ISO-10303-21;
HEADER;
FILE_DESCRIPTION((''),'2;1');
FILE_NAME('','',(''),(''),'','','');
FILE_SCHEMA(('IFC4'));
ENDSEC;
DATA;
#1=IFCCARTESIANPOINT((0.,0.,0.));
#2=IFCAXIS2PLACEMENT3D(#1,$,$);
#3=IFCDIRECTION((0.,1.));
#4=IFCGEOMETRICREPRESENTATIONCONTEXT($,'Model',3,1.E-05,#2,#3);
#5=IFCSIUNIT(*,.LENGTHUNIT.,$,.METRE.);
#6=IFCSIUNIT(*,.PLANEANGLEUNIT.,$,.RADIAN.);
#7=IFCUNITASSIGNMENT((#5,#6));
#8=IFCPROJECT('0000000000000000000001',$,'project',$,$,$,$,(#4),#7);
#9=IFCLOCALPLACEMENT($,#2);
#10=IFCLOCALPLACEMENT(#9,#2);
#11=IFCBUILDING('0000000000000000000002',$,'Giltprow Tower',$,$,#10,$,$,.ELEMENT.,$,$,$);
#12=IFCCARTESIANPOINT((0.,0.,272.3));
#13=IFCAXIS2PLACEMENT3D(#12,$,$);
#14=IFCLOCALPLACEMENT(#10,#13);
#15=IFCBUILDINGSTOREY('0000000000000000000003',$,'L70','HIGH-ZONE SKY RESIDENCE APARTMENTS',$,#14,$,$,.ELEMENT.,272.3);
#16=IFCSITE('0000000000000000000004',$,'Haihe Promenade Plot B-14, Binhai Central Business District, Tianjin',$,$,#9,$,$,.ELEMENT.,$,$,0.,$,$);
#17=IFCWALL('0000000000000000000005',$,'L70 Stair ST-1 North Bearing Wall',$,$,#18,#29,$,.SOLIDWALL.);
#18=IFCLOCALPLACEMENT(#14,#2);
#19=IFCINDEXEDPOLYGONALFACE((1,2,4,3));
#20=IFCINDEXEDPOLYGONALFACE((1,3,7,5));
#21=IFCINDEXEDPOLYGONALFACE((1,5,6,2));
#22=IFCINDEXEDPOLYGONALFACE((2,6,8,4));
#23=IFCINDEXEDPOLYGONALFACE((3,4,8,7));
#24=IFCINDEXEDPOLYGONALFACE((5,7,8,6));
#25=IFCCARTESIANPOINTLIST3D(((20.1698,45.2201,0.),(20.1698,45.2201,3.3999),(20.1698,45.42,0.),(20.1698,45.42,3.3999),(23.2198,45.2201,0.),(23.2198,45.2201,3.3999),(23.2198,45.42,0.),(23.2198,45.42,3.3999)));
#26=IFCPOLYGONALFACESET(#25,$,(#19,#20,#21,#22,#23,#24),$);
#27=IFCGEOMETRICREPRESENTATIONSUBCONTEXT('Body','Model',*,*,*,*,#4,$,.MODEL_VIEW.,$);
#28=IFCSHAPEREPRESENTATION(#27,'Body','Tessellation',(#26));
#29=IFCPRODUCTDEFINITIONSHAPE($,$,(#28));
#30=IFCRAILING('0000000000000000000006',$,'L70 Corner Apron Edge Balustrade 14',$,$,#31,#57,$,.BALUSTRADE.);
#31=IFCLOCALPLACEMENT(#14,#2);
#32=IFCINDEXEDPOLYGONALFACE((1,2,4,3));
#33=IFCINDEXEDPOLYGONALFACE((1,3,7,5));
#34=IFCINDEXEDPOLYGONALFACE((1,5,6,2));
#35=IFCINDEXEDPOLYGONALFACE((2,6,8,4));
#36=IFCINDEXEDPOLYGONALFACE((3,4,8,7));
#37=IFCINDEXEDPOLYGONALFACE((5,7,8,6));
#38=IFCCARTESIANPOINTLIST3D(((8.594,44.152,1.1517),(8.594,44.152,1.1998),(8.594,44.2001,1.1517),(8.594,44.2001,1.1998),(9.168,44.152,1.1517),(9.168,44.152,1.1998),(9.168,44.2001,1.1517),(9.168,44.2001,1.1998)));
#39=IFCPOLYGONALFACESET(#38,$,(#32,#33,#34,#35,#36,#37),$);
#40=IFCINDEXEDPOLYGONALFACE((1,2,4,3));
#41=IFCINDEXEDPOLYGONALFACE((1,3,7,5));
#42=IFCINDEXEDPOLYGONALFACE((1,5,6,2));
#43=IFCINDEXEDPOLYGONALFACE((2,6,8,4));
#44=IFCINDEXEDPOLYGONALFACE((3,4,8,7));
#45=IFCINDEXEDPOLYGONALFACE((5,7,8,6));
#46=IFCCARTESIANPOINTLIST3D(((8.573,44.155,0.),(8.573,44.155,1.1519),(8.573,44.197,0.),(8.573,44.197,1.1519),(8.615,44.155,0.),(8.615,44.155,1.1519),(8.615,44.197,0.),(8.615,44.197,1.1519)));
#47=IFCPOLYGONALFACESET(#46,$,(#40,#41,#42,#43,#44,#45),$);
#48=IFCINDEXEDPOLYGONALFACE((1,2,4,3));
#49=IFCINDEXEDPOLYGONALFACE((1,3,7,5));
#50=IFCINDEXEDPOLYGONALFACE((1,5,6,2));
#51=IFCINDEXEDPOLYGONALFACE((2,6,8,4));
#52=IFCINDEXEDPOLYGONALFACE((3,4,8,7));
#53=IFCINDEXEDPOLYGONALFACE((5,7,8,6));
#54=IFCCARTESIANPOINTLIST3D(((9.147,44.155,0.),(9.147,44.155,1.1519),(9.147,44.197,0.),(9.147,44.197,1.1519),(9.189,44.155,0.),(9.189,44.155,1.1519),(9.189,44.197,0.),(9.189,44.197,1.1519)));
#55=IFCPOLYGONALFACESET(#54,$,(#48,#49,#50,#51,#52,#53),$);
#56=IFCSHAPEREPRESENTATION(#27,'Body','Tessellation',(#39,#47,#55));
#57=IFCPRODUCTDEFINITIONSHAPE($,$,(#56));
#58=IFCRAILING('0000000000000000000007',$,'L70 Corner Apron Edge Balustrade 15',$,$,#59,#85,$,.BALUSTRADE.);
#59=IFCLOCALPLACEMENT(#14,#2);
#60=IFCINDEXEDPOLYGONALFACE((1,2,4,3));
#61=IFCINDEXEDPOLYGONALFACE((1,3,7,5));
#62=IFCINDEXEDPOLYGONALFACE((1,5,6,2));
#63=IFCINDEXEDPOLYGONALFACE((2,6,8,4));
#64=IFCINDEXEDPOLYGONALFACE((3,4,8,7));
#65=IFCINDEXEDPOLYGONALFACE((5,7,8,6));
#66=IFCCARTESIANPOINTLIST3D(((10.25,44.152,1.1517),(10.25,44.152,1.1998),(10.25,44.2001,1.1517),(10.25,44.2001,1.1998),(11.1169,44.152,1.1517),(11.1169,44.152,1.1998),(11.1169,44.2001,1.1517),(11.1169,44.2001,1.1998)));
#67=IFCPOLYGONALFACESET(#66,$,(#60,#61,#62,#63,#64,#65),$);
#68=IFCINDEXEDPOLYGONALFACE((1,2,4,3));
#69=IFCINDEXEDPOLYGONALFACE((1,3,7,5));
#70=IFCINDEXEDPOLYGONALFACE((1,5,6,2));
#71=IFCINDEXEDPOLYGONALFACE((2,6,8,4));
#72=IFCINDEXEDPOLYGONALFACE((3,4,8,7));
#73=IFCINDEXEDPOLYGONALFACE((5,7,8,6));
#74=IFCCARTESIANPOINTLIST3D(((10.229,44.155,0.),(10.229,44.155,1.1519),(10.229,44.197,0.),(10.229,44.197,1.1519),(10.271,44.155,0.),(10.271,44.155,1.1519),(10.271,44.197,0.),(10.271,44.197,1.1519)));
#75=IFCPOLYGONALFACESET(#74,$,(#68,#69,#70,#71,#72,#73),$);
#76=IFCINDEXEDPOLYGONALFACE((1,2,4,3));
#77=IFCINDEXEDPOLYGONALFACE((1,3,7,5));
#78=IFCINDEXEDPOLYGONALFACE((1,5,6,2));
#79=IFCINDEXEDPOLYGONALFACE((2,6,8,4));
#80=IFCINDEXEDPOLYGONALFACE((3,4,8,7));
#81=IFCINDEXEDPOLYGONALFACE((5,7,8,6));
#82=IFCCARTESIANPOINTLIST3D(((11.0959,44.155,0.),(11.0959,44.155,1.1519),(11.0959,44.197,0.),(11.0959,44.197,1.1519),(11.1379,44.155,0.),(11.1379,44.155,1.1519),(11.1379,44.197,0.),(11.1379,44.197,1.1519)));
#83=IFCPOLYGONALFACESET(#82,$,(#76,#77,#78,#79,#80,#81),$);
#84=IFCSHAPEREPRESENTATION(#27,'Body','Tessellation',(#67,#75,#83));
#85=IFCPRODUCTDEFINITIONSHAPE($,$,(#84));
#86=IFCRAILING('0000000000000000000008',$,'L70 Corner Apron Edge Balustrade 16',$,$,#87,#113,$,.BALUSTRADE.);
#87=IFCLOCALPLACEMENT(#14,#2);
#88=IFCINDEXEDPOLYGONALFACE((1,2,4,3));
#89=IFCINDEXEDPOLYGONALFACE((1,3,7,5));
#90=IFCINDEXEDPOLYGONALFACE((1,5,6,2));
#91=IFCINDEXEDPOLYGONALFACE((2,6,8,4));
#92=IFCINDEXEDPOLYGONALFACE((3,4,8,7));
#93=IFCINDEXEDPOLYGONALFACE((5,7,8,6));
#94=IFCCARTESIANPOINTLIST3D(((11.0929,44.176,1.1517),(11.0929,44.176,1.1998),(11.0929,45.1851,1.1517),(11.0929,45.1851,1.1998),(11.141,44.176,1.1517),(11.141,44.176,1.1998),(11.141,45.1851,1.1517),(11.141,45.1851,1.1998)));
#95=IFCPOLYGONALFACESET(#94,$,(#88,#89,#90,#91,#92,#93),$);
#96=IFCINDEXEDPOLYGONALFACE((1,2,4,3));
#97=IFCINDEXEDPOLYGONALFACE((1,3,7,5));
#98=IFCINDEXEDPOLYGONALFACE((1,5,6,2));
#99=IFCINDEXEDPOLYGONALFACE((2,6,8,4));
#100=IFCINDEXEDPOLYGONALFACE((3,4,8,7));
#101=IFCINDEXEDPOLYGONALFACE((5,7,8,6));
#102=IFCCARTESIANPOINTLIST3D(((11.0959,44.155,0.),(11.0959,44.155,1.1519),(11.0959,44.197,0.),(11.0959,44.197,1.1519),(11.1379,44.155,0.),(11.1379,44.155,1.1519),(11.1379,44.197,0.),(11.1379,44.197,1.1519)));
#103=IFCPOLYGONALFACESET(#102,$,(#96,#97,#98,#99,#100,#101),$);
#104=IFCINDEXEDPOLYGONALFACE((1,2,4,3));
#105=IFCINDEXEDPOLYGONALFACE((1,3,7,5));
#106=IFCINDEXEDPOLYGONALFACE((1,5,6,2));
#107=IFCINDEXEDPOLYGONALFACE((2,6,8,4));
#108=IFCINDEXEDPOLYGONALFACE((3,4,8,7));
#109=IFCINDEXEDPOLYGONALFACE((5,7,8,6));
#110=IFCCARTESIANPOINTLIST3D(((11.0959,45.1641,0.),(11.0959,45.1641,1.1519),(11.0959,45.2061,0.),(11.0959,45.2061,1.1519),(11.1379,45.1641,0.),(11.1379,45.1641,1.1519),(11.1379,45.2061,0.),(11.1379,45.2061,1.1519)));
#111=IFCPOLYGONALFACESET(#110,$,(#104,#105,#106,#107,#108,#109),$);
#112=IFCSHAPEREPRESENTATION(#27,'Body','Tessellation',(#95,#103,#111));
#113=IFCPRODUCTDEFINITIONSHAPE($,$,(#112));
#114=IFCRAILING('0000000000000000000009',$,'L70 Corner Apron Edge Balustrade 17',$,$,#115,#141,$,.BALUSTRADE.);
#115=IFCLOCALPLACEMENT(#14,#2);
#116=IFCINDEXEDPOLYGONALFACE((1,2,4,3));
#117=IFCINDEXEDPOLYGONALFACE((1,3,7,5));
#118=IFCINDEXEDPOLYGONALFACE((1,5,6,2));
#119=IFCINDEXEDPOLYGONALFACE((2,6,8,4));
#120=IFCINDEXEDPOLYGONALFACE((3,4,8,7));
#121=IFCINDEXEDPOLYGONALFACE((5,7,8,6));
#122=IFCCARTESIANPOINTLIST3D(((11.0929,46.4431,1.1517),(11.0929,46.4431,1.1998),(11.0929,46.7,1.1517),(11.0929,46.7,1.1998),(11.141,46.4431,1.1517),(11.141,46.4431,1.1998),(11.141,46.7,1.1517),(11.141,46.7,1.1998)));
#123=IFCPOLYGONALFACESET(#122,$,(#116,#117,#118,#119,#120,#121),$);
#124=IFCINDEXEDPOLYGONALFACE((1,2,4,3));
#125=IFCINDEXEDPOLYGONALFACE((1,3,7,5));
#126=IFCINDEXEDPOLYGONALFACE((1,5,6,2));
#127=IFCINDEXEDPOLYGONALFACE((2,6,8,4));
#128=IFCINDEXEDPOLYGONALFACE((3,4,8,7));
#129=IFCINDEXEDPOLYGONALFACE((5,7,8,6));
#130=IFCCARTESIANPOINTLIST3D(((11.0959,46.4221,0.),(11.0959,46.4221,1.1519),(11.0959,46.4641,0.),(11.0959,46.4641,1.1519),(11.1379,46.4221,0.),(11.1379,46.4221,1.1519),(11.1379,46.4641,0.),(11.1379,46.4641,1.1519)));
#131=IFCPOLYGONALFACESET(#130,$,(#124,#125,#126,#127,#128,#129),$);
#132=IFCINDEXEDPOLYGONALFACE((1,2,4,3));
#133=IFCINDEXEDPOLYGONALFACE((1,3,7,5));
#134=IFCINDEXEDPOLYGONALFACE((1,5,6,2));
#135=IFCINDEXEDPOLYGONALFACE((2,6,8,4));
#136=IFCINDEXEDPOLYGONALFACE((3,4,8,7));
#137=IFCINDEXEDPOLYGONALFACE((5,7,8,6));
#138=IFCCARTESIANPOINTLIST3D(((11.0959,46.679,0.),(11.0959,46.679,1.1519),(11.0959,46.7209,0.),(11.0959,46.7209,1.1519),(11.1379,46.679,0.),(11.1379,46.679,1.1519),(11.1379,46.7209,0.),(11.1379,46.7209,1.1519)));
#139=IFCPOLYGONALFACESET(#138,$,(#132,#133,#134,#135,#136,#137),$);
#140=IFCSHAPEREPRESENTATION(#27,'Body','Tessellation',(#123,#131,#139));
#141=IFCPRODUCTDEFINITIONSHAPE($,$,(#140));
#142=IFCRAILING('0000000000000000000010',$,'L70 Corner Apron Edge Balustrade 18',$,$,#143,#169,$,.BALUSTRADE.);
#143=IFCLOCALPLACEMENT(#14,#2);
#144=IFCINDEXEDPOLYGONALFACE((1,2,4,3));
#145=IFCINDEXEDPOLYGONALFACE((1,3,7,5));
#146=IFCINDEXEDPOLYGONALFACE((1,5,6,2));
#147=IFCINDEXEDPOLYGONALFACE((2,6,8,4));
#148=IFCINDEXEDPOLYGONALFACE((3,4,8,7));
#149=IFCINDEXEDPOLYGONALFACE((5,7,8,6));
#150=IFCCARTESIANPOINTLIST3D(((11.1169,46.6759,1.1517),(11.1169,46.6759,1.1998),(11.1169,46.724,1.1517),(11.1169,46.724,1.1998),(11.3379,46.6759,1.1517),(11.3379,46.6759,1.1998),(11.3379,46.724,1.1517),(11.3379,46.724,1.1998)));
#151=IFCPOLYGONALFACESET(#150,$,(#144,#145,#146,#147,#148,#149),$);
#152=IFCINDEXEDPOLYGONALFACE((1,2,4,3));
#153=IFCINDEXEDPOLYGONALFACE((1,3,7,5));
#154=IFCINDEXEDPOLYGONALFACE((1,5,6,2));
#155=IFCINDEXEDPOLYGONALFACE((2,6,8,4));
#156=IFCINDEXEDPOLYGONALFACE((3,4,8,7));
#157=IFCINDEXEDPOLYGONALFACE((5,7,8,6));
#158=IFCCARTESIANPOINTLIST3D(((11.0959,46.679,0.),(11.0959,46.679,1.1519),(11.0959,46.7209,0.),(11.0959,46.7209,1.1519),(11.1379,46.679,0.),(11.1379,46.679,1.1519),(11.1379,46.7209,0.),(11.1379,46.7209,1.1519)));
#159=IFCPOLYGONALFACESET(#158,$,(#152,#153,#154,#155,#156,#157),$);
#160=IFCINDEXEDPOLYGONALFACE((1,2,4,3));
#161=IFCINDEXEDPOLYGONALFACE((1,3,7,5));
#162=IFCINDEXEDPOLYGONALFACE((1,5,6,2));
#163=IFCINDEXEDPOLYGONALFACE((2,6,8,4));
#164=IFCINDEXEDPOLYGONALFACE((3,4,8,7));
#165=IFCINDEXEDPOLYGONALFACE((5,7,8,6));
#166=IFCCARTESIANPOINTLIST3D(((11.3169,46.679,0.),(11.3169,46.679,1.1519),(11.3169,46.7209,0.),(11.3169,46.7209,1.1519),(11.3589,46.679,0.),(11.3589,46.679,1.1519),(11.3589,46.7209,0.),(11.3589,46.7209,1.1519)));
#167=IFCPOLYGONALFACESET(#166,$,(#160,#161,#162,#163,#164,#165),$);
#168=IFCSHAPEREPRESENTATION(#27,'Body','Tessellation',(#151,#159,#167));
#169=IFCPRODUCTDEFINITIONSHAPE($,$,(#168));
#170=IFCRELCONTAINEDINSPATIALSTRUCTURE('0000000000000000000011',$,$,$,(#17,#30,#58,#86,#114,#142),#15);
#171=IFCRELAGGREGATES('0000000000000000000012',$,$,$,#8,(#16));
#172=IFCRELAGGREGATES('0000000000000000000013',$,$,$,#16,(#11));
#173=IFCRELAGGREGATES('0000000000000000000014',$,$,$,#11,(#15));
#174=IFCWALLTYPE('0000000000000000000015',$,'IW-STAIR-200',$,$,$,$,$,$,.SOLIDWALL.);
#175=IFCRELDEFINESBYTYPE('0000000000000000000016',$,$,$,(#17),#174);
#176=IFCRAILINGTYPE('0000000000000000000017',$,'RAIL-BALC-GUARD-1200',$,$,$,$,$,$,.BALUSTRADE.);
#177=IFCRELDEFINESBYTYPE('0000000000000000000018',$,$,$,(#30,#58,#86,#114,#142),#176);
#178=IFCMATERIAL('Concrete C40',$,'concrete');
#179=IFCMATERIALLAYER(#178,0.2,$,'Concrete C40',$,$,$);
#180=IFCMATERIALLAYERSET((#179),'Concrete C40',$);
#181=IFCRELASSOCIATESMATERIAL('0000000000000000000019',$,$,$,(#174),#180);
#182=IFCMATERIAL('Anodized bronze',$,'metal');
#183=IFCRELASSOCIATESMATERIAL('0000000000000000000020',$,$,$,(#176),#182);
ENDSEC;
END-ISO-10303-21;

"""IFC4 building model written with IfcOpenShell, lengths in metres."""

from ifc_helpers import new_model, si_unit, direction, frame, frame_2d, origin, origin_2d, place, context, subcontext, project, spatial, rectangle, extrude, material, layer, layer_set, type_object, element, save


model = new_model("IFC4")

# Units and contexts
model_context = context("Model", 3, precision=1e-05, world=origin(), true_north=direction((0.0, 1.0)))
body_context = subcontext(model_context, "Body", "Model", "MODEL_VIEW")
ifc_project = project(units=[si_unit("LENGTHUNIT", "METRE"), si_unit("PLANEANGLEUNIT", "RADIAN")], contexts=[model_context])

# Site, building, storey
site_placement = place(None, origin())
site = spatial("IfcSite", under=ifc_project, at=site_placement, Name="Haihe Promenade Plot B-14, Binhai Central Business District, Tianjin", CompositionType="ELEMENT", RefElevation=0.0)
building_placement = place(site_placement, origin())
building = spatial("IfcBuilding", under=site, at=building_placement, Name="Giltprow Tower", CompositionType="ELEMENT")
storey_placement = place(building_placement, frame((0.0, 0.0, 272.3)))
storey = spatial("IfcBuildingStorey", under=building, at=storey_placement, Name="L70", Description="HIGH-ZONE SKY RESIDENCE APARTMENTS", CompositionType="ELEMENT", Elevation=272.3)

# Wall
ifc_material_1 = material(Name="Concrete C40", Category="concrete")
ifc_layer_1 = layer(ifc_material_1, 0.2, Name="Concrete C40")
ifc_layer_set_1 = layer_set([ifc_layer_1], Name="Concrete C40")
wall_type_1 = type_object("IfcWallType", Name="IW-STAIR-200", PredefinedType="SOLIDWALL", material=ifc_layer_set_1)
wall_1_placement = place(storey_placement, frame((20.1699, 45.3201, 0.0), z_axis=(0.0, 0.0, 1.0), x_axis=(1.0, 0.0, 0.0)))
element("IfcWall", 1, at=wall_1_placement, inside=storey, type_object=wall_type_1, Name="L70 Stair ST-1 North Bearing Wall", PredefinedType="SOLIDWALL", context=body_context, shape_type="SweptSolid", body=[
    extrude(rectangle(XDim=3.05, YDim=0.2, at=frame_2d((1.5249, 0.0))), origin(), (0.0, 0.0, 1.0), 3.3999),
])

# Railings
ifc_material_2 = material(Name="Anodized bronze", Category="metal")
railing_type = type_object("IfcRailingType", Name="RAIL-BALC-GUARD-1200", PredefinedType="BALUSTRADE", material=ifc_material_2)
railing_1_placement = place(storey_placement, frame((8.594, 44.176, 0.0)))
element("IfcRailing", 2, at=railing_1_placement, inside=storey, type_object=railing_type, Name="L70 Corner Apron Edge Balustrade 14", PredefinedType="BALUSTRADE", context=body_context, shape_type="SweptSolid", body=[
    extrude(rectangle(XDim=0.0481, YDim=0.0481, at=origin_2d()), frame((0.0, 0.0, 1.1758), z_axis=(1.0, 0.0, 0.0), x_axis=(0.0, 1.0, 0.0)), (0.0, 0.0, 1.0), 0.574),
    extrude(rectangle(XDim=0.042, YDim=0.042, at=origin_2d()), origin(), (0.0, 0.0, 1.0), 1.1519),
    extrude(rectangle(XDim=0.042, YDim=0.042, at=origin_2d()), frame((0.574, 0.0, 0.0)), (0.0, 0.0, 1.0), 1.1519),
])
railing_2_placement = place(storey_placement, frame((10.25, 44.176, 0.0)))
element("IfcRailing", 3, at=railing_2_placement, inside=storey, type_object=railing_type, Name="L70 Corner Apron Edge Balustrade 15", PredefinedType="BALUSTRADE", context=body_context, shape_type="SweptSolid", body=[
    extrude(rectangle(XDim=0.0481, YDim=0.0481, at=origin_2d()), frame((0.0, 0.0, 1.1758), z_axis=(1.0, 0.0, 0.0), x_axis=(0.0, 1.0, 0.0)), (0.0, 0.0, 1.0), 0.8669),
    extrude(rectangle(XDim=0.042, YDim=0.042, at=origin_2d()), origin(), (0.0, 0.0, 1.0), 1.1519),
    extrude(rectangle(XDim=0.042, YDim=0.042, at=origin_2d()), frame((0.8669, 0.0, 0.0)), (0.0, 0.0, 1.0), 1.1519),
])
railing_3_placement = place(storey_placement, frame((11.1169, 44.176, 0.0)))
element("IfcRailing", 4, at=railing_3_placement, inside=storey, type_object=railing_type, Name="L70 Corner Apron Edge Balustrade 16", PredefinedType="BALUSTRADE", context=body_context, shape_type="SweptSolid", body=[
    extrude(rectangle(XDim=0.0481, YDim=0.0481, at=origin_2d()), frame((0.0, 0.0, 1.1758), z_axis=(0.0, 1.0, 0.0), x_axis=(-1.0, 0.0, 0.0)), (0.0, 0.0, 1.0), 1.009),
    extrude(rectangle(XDim=0.042, YDim=0.042, at=origin_2d()), origin(), (0.0, 0.0, 1.0), 1.1519),
    extrude(rectangle(XDim=0.042, YDim=0.042, at=origin_2d()), frame((0.0, 1.009, 0.0)), (0.0, 0.0, 1.0), 1.1519),
])
railing_4_placement = place(storey_placement, frame((11.1169, 46.4431, 0.0)))
element("IfcRailing", 5, at=railing_4_placement, inside=storey, type_object=railing_type, Name="L70 Corner Apron Edge Balustrade 17", PredefinedType="BALUSTRADE", context=body_context, shape_type="SweptSolid", body=[
    extrude(rectangle(XDim=0.0481, YDim=0.0481, at=origin_2d()), frame((0.0, 0.0, 1.1758), z_axis=(0.0, 1.0, 0.0), x_axis=(-1.0, 0.0, 0.0)), (0.0, 0.0, 1.0), 0.2568),
    extrude(rectangle(XDim=0.042, YDim=0.042, at=origin_2d()), origin(), (0.0, 0.0, 1.0), 1.1519),
    extrude(rectangle(XDim=0.042, YDim=0.042, at=origin_2d()), frame((0.0, 0.2568, 0.0)), (0.0, 0.0, 1.0), 1.1519),
])
railing_5_placement = place(storey_placement, frame((11.1169, 46.7, 0.0)))
element("IfcRailing", 6, at=railing_5_placement, inside=storey, type_object=railing_type, Name="L70 Corner Apron Edge Balustrade 18", PredefinedType="BALUSTRADE", context=body_context, shape_type="SweptSolid", body=[
    extrude(rectangle(XDim=0.0481, YDim=0.0481, at=origin_2d()), frame((0.0, 0.0, 1.1758), z_axis=(1.0, 0.0, 0.0), x_axis=(0.0, 1.0, 0.0)), (0.0, 0.0, 1.0), 0.2209),
    extrude(rectangle(XDim=0.042, YDim=0.042, at=origin_2d()), origin(), (0.0, 0.0, 1.0), 1.1519),
    extrude(rectangle(XDim=0.042, YDim=0.042, at=origin_2d()), frame((0.2209, 0.0, 0.0)), (0.0, 0.0, 1.0), 1.1519),
])

save(model, "model.ifc")
